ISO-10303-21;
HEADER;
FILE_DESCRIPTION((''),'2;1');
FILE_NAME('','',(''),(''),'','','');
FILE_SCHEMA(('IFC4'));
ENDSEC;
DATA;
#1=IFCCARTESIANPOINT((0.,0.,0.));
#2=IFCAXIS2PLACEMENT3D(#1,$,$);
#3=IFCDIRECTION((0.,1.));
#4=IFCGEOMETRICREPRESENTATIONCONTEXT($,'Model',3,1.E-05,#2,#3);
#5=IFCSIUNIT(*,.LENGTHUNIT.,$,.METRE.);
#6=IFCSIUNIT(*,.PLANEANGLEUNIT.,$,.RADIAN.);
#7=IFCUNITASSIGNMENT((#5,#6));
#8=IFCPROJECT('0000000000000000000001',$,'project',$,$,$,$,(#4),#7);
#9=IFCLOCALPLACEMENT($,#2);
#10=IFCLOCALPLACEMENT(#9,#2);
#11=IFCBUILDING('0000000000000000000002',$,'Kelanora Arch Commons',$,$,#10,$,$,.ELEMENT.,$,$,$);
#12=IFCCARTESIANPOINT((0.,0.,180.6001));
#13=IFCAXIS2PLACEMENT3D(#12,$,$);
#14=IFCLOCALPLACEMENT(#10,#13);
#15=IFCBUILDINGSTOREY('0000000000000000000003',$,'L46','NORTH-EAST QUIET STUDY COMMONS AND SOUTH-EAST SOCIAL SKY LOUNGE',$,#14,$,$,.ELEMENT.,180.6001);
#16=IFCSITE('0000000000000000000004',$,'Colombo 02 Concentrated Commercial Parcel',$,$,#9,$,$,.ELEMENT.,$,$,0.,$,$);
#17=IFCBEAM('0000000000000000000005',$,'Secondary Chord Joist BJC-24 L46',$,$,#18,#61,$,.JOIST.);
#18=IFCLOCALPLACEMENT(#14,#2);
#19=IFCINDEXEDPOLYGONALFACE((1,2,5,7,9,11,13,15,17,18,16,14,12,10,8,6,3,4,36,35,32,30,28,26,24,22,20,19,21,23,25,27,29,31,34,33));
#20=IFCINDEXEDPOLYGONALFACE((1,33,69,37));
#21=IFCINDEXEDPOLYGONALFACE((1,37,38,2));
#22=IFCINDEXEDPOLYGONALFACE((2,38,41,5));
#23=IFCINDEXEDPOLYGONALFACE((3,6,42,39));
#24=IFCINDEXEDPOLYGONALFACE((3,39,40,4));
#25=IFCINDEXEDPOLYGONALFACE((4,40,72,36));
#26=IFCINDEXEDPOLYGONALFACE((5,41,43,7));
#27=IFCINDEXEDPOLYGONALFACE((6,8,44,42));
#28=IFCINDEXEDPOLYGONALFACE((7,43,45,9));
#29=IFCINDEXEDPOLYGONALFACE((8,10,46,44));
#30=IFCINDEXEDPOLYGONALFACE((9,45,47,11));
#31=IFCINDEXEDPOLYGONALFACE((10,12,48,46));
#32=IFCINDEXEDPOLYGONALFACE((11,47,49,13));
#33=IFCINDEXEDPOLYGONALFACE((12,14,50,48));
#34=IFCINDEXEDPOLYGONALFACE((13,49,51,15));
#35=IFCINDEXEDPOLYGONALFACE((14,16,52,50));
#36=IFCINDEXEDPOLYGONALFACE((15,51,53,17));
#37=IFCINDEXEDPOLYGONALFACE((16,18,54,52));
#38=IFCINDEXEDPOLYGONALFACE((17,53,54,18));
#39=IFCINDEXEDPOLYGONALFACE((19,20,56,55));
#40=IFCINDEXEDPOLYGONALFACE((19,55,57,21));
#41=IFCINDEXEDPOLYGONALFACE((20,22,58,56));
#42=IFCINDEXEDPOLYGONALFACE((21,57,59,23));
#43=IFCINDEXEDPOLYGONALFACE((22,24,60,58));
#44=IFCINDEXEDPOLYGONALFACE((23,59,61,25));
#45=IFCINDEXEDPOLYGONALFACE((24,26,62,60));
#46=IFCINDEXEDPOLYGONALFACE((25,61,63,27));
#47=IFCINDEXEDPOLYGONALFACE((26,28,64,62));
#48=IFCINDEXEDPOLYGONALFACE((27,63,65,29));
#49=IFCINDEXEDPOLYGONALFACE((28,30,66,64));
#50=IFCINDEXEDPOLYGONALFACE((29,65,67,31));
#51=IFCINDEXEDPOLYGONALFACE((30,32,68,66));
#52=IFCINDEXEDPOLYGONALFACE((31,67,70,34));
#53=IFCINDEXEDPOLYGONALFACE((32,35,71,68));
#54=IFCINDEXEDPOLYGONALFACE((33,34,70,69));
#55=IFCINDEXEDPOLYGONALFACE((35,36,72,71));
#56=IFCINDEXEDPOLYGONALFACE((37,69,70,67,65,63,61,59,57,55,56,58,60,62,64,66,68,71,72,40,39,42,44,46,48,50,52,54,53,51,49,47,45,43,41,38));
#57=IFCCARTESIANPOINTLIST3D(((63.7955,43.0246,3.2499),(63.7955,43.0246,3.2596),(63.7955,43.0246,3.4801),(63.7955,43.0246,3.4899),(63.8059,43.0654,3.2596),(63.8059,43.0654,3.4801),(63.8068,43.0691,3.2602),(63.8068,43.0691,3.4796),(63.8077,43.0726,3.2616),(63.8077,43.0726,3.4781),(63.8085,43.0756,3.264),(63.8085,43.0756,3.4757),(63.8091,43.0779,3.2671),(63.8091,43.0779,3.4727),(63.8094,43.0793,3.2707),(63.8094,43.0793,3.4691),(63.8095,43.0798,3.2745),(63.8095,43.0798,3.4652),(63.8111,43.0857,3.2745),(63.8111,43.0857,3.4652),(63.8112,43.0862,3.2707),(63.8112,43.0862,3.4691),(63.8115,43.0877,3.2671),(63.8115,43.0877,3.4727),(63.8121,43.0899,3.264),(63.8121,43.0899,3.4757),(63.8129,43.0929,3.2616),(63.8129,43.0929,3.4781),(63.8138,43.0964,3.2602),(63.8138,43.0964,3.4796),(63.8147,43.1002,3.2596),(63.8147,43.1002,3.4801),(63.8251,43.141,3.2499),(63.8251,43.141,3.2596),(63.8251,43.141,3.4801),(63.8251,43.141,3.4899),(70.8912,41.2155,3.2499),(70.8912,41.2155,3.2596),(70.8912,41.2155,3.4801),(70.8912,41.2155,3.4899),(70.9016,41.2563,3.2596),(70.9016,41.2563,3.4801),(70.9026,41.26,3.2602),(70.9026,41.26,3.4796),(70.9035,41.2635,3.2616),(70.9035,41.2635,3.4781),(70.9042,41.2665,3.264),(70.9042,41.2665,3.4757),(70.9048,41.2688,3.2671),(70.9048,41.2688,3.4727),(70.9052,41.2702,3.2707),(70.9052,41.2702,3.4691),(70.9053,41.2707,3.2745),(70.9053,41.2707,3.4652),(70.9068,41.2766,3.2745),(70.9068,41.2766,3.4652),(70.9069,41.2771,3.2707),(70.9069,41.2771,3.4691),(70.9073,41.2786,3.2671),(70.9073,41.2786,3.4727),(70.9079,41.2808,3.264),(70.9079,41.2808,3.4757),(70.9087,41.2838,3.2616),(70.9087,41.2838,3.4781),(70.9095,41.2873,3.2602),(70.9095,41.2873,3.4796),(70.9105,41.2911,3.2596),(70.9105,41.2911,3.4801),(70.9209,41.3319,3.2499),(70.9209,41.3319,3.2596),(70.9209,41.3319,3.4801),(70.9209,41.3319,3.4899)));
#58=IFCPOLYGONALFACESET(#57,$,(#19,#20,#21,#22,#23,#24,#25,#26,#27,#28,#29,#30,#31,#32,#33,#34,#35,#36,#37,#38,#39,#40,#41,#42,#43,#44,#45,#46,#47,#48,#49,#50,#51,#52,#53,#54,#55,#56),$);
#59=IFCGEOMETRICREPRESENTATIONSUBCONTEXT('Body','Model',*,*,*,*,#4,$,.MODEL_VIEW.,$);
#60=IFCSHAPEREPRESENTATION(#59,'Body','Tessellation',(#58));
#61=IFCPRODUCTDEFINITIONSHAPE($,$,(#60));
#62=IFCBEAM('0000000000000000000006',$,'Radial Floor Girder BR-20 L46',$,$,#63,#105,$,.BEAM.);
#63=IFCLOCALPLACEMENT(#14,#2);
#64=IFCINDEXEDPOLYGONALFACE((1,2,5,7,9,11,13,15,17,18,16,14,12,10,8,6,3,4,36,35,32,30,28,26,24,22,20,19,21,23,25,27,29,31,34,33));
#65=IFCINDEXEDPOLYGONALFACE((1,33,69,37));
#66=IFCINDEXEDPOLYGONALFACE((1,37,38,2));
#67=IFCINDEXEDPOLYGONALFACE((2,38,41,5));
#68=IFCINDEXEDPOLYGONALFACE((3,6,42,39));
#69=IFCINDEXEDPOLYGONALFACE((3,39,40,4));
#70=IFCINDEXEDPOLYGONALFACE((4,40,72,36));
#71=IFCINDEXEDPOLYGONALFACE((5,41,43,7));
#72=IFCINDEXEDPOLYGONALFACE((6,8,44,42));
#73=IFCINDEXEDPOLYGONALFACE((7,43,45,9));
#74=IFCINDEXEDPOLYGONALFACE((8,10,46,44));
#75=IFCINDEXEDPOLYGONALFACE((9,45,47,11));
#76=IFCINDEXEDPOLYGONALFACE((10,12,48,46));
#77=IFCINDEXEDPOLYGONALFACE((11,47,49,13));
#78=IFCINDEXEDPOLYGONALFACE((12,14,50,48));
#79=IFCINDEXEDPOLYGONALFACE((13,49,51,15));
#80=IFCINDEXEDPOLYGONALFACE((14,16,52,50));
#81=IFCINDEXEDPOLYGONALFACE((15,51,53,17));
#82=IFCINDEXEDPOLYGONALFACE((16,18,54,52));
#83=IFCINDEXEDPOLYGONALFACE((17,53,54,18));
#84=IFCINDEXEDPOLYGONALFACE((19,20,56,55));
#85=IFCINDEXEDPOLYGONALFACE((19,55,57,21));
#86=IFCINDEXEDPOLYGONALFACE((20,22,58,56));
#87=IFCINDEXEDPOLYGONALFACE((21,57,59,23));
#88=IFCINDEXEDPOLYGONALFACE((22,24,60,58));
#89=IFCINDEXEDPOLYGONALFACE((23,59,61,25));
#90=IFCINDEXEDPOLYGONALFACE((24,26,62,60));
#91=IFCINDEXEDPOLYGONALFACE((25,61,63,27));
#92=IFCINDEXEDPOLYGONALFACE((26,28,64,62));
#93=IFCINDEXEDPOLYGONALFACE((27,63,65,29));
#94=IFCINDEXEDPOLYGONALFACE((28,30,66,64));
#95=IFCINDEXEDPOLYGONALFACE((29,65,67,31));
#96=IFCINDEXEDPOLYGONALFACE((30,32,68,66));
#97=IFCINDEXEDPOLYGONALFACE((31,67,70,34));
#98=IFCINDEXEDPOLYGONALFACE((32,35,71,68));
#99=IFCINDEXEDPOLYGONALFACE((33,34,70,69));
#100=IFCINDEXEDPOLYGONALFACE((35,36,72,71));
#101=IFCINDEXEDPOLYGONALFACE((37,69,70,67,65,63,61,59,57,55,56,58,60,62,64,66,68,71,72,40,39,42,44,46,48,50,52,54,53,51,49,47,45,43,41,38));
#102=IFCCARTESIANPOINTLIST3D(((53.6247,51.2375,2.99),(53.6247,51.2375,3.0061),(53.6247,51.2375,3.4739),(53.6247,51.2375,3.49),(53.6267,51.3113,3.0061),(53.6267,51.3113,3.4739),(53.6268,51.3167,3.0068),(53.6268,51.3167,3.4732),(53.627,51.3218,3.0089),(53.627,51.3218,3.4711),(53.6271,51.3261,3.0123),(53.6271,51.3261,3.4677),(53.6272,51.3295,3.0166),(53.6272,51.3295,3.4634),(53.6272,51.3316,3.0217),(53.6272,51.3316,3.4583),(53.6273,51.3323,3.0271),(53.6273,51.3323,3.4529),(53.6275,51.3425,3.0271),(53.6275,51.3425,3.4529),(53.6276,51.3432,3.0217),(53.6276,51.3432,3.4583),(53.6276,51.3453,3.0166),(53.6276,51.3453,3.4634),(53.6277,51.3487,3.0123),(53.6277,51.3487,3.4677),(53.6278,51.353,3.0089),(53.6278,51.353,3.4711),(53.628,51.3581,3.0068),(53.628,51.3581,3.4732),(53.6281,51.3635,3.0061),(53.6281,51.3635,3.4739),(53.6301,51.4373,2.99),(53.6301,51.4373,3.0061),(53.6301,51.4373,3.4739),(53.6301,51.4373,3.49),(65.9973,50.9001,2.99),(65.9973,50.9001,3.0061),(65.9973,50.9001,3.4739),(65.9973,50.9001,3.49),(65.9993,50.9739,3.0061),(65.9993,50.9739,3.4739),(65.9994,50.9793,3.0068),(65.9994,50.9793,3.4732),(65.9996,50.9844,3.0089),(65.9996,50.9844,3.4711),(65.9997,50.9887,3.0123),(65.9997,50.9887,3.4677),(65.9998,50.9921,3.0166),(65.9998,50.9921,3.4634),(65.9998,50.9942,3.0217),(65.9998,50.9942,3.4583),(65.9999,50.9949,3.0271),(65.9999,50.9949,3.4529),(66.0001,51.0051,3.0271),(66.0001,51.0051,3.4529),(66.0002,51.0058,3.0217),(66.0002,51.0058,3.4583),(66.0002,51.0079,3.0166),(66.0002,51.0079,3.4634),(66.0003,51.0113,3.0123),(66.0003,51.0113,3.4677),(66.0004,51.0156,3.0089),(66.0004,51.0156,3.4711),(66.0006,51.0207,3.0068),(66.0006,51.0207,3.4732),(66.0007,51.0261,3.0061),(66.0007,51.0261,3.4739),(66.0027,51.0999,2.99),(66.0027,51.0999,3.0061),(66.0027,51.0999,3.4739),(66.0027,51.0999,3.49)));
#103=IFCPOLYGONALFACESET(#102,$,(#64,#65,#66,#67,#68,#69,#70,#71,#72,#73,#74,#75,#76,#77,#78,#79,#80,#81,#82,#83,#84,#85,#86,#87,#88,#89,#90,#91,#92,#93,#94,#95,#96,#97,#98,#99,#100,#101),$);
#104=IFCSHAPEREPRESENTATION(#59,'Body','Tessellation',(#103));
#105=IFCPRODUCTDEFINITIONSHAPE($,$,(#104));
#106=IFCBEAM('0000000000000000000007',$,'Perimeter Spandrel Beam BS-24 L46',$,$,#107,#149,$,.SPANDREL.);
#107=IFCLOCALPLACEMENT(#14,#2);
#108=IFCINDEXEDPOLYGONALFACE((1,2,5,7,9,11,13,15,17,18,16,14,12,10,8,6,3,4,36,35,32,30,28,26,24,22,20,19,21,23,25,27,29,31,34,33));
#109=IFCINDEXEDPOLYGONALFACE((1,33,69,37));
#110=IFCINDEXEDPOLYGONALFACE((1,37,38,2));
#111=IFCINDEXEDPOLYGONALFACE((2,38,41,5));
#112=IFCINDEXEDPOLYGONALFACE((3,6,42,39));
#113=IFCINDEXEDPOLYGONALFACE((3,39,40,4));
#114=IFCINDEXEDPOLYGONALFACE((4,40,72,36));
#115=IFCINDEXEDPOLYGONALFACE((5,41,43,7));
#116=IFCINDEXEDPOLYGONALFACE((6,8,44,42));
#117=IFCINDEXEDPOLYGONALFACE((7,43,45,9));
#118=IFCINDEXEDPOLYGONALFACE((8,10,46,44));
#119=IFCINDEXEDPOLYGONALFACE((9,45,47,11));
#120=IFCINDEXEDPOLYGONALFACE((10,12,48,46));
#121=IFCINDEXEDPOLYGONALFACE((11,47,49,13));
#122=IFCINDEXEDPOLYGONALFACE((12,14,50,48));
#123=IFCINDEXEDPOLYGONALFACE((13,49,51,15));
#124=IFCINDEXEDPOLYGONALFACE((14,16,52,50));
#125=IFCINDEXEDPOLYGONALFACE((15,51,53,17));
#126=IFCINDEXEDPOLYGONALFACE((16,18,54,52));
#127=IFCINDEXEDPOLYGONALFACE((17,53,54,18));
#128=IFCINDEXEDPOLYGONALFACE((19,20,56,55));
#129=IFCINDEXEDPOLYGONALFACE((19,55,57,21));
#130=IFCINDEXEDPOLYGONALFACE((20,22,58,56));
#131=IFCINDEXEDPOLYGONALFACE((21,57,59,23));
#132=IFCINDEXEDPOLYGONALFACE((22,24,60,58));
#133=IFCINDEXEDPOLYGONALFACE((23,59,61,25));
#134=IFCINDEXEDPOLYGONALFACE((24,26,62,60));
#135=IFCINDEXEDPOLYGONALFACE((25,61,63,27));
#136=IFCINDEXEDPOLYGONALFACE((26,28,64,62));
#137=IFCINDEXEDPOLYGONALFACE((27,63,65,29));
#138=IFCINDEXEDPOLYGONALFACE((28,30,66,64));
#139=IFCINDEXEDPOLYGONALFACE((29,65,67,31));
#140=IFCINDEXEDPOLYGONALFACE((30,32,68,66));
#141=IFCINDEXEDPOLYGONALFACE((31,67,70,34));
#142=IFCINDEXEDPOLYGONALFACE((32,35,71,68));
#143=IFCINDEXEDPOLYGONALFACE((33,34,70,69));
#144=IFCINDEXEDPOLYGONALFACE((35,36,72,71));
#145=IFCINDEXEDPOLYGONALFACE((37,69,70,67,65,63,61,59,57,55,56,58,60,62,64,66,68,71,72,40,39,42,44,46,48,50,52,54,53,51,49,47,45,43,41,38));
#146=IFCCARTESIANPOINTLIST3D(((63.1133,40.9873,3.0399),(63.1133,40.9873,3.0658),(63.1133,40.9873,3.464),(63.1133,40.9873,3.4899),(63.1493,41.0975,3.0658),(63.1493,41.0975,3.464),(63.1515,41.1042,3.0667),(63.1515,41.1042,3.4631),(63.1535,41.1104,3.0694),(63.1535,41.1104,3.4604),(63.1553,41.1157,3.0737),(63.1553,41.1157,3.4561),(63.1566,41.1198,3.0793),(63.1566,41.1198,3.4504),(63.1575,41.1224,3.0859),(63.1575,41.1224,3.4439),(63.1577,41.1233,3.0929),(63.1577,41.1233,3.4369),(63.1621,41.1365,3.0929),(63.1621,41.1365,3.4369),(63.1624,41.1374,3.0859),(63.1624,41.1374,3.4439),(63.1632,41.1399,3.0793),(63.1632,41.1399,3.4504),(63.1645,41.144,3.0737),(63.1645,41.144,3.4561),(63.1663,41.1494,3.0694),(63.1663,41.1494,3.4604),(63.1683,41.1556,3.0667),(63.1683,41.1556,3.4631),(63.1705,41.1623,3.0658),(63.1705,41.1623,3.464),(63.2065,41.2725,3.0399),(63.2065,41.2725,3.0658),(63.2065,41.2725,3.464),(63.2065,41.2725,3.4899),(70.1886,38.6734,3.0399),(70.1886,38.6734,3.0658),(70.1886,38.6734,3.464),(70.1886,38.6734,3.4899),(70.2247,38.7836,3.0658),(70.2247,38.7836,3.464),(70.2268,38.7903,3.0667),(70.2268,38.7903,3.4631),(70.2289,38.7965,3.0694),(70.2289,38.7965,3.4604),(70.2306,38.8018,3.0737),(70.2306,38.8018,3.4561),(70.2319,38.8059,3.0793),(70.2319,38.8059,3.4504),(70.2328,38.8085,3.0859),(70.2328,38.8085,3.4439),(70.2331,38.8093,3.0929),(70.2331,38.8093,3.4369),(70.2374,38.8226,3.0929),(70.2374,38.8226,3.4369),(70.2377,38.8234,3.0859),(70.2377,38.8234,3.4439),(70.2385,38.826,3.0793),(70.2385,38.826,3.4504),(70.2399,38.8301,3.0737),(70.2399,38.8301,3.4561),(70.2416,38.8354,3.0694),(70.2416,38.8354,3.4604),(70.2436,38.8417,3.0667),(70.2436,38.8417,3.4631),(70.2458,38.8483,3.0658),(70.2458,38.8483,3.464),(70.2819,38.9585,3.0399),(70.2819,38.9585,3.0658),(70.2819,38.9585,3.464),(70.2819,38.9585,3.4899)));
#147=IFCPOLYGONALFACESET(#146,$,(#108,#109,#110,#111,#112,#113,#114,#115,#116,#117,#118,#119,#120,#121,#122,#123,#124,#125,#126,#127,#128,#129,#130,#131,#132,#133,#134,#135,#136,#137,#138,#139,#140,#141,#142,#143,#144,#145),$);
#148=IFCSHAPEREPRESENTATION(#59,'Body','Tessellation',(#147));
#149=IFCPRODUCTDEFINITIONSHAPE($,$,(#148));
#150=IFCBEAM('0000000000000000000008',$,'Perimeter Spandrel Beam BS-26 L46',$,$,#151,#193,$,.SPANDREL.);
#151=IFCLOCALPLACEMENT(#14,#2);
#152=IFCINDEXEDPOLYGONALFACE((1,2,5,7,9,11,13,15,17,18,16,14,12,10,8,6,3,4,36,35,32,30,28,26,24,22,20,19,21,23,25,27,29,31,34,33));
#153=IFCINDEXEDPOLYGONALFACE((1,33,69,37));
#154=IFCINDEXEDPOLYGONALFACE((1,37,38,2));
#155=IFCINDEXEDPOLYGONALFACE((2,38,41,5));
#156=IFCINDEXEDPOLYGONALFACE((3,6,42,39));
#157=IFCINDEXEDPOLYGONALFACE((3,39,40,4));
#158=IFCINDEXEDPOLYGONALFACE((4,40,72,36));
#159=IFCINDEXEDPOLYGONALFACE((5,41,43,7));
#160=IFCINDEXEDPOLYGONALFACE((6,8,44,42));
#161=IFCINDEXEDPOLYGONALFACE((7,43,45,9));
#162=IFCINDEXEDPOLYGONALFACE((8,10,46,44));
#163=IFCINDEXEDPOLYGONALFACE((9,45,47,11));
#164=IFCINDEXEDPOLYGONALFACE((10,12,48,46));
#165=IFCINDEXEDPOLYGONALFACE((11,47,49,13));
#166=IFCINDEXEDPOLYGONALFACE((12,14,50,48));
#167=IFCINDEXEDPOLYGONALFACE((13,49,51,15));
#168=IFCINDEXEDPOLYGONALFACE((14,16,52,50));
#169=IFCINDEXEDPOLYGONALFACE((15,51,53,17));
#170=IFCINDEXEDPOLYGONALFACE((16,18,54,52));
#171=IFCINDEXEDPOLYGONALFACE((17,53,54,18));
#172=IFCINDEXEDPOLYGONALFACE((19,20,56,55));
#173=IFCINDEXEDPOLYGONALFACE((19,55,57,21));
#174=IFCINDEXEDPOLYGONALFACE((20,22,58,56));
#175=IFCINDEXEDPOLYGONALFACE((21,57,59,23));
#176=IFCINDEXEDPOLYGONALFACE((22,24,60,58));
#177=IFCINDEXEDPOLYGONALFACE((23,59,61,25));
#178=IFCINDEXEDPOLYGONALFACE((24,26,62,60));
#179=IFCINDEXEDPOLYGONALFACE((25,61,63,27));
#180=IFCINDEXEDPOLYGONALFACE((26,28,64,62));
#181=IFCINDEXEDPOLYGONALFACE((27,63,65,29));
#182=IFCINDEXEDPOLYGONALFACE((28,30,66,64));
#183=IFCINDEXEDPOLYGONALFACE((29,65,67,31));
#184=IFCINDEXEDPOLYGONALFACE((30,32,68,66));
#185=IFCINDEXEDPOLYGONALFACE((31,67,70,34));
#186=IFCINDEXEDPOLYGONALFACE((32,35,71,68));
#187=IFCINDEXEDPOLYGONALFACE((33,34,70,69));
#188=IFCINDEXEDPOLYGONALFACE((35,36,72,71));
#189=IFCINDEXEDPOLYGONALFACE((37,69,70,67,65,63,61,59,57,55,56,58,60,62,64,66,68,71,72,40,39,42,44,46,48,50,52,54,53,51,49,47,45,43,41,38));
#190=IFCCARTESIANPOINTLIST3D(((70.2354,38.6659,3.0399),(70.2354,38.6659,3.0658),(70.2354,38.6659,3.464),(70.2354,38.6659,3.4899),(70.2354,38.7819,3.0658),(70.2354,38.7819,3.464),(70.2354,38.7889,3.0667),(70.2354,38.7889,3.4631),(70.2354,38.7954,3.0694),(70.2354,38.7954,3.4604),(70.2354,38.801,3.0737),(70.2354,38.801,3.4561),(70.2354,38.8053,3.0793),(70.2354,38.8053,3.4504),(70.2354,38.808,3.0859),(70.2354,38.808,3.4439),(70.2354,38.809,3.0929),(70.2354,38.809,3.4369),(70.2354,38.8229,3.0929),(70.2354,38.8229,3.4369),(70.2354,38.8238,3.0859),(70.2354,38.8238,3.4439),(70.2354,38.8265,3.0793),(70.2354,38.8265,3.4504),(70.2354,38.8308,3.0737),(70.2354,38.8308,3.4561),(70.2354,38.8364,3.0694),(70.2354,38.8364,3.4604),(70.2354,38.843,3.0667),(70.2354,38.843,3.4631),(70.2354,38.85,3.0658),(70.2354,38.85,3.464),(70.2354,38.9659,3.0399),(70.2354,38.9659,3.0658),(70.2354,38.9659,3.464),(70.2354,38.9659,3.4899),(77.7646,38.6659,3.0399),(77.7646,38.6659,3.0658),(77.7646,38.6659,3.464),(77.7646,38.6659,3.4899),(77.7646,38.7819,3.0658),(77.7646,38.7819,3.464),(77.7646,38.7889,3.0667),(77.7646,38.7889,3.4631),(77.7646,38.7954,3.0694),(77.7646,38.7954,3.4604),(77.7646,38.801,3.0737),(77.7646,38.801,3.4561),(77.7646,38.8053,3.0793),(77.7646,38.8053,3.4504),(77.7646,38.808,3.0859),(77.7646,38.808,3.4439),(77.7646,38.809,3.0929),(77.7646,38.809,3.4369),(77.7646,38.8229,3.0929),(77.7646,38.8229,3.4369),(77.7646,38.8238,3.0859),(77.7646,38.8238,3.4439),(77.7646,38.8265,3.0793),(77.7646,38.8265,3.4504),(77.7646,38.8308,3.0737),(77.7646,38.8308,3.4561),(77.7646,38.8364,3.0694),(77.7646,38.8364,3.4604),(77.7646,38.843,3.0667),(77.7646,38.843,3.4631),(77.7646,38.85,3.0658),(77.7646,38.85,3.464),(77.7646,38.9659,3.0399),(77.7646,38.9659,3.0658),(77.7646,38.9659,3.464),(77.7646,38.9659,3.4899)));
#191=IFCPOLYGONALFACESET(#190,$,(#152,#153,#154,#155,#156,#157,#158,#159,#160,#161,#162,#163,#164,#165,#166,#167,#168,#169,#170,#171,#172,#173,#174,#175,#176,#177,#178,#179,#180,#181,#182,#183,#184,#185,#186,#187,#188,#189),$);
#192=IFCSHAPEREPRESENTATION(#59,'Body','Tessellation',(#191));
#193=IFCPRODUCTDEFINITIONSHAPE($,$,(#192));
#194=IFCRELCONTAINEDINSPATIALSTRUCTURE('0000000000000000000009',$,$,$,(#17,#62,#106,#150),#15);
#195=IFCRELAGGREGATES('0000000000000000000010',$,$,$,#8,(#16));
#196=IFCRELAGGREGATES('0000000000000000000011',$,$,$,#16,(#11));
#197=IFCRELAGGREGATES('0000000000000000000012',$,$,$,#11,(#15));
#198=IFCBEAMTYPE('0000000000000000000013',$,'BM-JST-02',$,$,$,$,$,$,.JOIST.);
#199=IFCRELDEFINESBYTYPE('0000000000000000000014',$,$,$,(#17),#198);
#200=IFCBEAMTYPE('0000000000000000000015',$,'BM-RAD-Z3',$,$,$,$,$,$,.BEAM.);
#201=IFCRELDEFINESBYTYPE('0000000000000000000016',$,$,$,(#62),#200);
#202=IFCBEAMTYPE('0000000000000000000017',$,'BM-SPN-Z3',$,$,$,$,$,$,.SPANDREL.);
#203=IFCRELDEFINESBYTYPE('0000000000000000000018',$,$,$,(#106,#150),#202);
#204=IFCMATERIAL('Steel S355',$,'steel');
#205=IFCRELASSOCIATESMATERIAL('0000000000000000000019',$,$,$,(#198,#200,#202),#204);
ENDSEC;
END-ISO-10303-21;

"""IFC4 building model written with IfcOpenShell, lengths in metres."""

from ifc_helpers import new_model, si_unit, direction, frame, origin, origin_2d, place, context, subcontext, project, spatial, i_section, extrude, material, material_profile, profile_set, type_object, element, save


model = new_model("IFC4")

# Units and contexts
model_context = context("Model", 3, precision=1e-05, world=origin(), true_north=direction((0.0, 1.0)))
body_context = subcontext(model_context, "Body", "Model", "MODEL_VIEW")
ifc_project = project(units=[si_unit("LENGTHUNIT", "METRE"), si_unit("PLANEANGLEUNIT", "RADIAN")], contexts=[model_context])

# Site, building, storey
site_placement = place(None, origin())
site = spatial("IfcSite", under=ifc_project, at=site_placement, Name="Colombo 02 Concentrated Commercial Parcel", CompositionType="ELEMENT", RefElevation=0.0)
building_placement = place(site_placement, origin())
building = spatial("IfcBuilding", under=site, at=building_placement, Name="Kelanora Arch Commons", CompositionType="ELEMENT")
storey_placement = place(building_placement, frame((0.0, 0.0, 180.6001)))
storey = spatial("IfcBuildingStorey", under=building, at=storey_placement, Name="L46", Description="NORTH-EAST QUIET STUDY COMMONS AND SOUTH-EAST SOCIAL SKY LOUNGE", CompositionType="ELEMENT", Elevation=180.6001)

# Beams
ifc_material_1 = material(Name="Steel S355", Category="steel")
ifc_material_profile_1 = material_profile(ifc_material_1, i_section(OverallWidth=0.1201, OverallDepth=0.24, WebThickness=0.0061, FlangeThickness=0.0098, FilletRadius=0.0149, at=origin_2d()), Name="IPE240")
ifc_profile_set_1 = profile_set([ifc_material_profile_1], Name="Steel S355")
beam_type_1 = type_object("IfcBeamType", Name="BM-JST-02", PredefinedType="JOIST", material=ifc_profile_set_1)
beam_1_placement = place(storey_placement, frame((63.8103, 43.0828, 3.3699), z_axis=(0.969002, -0.247052, 0.0), x_axis=(0.247052, 0.969002, 0.0)))
element("IfcBeam", 1, at=beam_1_placement, inside=storey, type_object=beam_type_1, Name="Secondary Chord Joist BJC-24 L46", PredefinedType="JOIST", context=body_context, shape_type="SweptSolid", body=[
    extrude(i_section(OverallWidth=0.1201, OverallDepth=0.24, WebThickness=0.0061, FlangeThickness=0.0098, FilletRadius=0.0149, at=origin_2d()), origin(), (0.0, 0.0, 1.0), 7.3228),
])
ifc_material_profile_2 = material_profile(ifc_material_1, i_section(OverallWidth=0.2, OverallDepth=0.5, WebThickness=0.0103, FlangeThickness=0.0161, FilletRadius=0.021, at=origin_2d()), Name="IPE500")
ifc_profile_set_2 = profile_set([ifc_material_profile_2], Name="Steel S355")
beam_type_2 = type_object("IfcBeamType", Name="BM-RAD-Z3", PredefinedType="BEAM", material=ifc_profile_set_2)
beam_2_placement = place(storey_placement, frame((66.0, 51.0, 3.24), z_axis=(-0.999628, 0.02726, 0.0), x_axis=(-0.02726, -0.999628, 0.0)))
element("IfcBeam", 2, at=beam_2_placement, inside=storey, type_object=beam_type_2, Name="Radial Floor Girder BR-20 L46", PredefinedType="BEAM", context=body_context, shape_type="SweptSolid", body=[
    extrude(i_section(OverallWidth=0.2, OverallDepth=0.5, WebThickness=0.0103, FlangeThickness=0.0161, FilletRadius=0.021, at=origin_2d()), origin(), (0.0, 0.0, 1.0), 12.3772),
])
ifc_material_profile_3 = material_profile(ifc_material_1, i_section(OverallWidth=0.3, OverallDepth=0.45, WebThickness=0.0139, FlangeThickness=0.0259, FilletRadius=0.0271, at=origin_2d()), Name="HEB450")
ifc_profile_set_3 = profile_set([ifc_material_profile_3], Name="Steel S355")
beam_type_3 = type_object("IfcBeamType", Name="BM-SPN-Z3", PredefinedType="SPANDREL", material=ifc_profile_set_3)
beam_3_placement = place(storey_placement, frame((63.1599, 41.1299, 3.2649), z_axis=(0.950462, -0.310841, 0.0), x_axis=(0.310841, 0.950462, 0.0)))
element("IfcBeam", 3, at=beam_3_placement, inside=storey, type_object=beam_type_3, Name="Perimeter Spandrel Beam BS-24 L46", PredefinedType="SPANDREL", context=body_context, shape_type="SweptSolid", body=[
    extrude(i_section(OverallWidth=0.3, OverallDepth=0.45, WebThickness=0.0139, FlangeThickness=0.0259, FilletRadius=0.0271, at=origin_2d()), origin(), (0.0, 0.0, 1.0), 7.4441),
])
beam_4_placement = place(storey_placement, frame((70.2354, 38.8159, 3.2649), z_axis=(1.0, 0.0, 0.0), x_axis=(0.0, 1.0, 0.0)))
element("IfcBeam", 4, at=beam_4_placement, inside=storey, type_object=beam_type_3, Name="Perimeter Spandrel Beam BS-26 L46", PredefinedType="SPANDREL", context=body_context, shape_type="SweptSolid", body=[
    extrude(i_section(OverallWidth=0.3, OverallDepth=0.45, WebThickness=0.0139, FlangeThickness=0.0259, FilletRadius=0.0271, at=origin_2d()), origin(), (0.0, 0.0, 1.0), 7.5293),
])

save(model, "model.ifc")
